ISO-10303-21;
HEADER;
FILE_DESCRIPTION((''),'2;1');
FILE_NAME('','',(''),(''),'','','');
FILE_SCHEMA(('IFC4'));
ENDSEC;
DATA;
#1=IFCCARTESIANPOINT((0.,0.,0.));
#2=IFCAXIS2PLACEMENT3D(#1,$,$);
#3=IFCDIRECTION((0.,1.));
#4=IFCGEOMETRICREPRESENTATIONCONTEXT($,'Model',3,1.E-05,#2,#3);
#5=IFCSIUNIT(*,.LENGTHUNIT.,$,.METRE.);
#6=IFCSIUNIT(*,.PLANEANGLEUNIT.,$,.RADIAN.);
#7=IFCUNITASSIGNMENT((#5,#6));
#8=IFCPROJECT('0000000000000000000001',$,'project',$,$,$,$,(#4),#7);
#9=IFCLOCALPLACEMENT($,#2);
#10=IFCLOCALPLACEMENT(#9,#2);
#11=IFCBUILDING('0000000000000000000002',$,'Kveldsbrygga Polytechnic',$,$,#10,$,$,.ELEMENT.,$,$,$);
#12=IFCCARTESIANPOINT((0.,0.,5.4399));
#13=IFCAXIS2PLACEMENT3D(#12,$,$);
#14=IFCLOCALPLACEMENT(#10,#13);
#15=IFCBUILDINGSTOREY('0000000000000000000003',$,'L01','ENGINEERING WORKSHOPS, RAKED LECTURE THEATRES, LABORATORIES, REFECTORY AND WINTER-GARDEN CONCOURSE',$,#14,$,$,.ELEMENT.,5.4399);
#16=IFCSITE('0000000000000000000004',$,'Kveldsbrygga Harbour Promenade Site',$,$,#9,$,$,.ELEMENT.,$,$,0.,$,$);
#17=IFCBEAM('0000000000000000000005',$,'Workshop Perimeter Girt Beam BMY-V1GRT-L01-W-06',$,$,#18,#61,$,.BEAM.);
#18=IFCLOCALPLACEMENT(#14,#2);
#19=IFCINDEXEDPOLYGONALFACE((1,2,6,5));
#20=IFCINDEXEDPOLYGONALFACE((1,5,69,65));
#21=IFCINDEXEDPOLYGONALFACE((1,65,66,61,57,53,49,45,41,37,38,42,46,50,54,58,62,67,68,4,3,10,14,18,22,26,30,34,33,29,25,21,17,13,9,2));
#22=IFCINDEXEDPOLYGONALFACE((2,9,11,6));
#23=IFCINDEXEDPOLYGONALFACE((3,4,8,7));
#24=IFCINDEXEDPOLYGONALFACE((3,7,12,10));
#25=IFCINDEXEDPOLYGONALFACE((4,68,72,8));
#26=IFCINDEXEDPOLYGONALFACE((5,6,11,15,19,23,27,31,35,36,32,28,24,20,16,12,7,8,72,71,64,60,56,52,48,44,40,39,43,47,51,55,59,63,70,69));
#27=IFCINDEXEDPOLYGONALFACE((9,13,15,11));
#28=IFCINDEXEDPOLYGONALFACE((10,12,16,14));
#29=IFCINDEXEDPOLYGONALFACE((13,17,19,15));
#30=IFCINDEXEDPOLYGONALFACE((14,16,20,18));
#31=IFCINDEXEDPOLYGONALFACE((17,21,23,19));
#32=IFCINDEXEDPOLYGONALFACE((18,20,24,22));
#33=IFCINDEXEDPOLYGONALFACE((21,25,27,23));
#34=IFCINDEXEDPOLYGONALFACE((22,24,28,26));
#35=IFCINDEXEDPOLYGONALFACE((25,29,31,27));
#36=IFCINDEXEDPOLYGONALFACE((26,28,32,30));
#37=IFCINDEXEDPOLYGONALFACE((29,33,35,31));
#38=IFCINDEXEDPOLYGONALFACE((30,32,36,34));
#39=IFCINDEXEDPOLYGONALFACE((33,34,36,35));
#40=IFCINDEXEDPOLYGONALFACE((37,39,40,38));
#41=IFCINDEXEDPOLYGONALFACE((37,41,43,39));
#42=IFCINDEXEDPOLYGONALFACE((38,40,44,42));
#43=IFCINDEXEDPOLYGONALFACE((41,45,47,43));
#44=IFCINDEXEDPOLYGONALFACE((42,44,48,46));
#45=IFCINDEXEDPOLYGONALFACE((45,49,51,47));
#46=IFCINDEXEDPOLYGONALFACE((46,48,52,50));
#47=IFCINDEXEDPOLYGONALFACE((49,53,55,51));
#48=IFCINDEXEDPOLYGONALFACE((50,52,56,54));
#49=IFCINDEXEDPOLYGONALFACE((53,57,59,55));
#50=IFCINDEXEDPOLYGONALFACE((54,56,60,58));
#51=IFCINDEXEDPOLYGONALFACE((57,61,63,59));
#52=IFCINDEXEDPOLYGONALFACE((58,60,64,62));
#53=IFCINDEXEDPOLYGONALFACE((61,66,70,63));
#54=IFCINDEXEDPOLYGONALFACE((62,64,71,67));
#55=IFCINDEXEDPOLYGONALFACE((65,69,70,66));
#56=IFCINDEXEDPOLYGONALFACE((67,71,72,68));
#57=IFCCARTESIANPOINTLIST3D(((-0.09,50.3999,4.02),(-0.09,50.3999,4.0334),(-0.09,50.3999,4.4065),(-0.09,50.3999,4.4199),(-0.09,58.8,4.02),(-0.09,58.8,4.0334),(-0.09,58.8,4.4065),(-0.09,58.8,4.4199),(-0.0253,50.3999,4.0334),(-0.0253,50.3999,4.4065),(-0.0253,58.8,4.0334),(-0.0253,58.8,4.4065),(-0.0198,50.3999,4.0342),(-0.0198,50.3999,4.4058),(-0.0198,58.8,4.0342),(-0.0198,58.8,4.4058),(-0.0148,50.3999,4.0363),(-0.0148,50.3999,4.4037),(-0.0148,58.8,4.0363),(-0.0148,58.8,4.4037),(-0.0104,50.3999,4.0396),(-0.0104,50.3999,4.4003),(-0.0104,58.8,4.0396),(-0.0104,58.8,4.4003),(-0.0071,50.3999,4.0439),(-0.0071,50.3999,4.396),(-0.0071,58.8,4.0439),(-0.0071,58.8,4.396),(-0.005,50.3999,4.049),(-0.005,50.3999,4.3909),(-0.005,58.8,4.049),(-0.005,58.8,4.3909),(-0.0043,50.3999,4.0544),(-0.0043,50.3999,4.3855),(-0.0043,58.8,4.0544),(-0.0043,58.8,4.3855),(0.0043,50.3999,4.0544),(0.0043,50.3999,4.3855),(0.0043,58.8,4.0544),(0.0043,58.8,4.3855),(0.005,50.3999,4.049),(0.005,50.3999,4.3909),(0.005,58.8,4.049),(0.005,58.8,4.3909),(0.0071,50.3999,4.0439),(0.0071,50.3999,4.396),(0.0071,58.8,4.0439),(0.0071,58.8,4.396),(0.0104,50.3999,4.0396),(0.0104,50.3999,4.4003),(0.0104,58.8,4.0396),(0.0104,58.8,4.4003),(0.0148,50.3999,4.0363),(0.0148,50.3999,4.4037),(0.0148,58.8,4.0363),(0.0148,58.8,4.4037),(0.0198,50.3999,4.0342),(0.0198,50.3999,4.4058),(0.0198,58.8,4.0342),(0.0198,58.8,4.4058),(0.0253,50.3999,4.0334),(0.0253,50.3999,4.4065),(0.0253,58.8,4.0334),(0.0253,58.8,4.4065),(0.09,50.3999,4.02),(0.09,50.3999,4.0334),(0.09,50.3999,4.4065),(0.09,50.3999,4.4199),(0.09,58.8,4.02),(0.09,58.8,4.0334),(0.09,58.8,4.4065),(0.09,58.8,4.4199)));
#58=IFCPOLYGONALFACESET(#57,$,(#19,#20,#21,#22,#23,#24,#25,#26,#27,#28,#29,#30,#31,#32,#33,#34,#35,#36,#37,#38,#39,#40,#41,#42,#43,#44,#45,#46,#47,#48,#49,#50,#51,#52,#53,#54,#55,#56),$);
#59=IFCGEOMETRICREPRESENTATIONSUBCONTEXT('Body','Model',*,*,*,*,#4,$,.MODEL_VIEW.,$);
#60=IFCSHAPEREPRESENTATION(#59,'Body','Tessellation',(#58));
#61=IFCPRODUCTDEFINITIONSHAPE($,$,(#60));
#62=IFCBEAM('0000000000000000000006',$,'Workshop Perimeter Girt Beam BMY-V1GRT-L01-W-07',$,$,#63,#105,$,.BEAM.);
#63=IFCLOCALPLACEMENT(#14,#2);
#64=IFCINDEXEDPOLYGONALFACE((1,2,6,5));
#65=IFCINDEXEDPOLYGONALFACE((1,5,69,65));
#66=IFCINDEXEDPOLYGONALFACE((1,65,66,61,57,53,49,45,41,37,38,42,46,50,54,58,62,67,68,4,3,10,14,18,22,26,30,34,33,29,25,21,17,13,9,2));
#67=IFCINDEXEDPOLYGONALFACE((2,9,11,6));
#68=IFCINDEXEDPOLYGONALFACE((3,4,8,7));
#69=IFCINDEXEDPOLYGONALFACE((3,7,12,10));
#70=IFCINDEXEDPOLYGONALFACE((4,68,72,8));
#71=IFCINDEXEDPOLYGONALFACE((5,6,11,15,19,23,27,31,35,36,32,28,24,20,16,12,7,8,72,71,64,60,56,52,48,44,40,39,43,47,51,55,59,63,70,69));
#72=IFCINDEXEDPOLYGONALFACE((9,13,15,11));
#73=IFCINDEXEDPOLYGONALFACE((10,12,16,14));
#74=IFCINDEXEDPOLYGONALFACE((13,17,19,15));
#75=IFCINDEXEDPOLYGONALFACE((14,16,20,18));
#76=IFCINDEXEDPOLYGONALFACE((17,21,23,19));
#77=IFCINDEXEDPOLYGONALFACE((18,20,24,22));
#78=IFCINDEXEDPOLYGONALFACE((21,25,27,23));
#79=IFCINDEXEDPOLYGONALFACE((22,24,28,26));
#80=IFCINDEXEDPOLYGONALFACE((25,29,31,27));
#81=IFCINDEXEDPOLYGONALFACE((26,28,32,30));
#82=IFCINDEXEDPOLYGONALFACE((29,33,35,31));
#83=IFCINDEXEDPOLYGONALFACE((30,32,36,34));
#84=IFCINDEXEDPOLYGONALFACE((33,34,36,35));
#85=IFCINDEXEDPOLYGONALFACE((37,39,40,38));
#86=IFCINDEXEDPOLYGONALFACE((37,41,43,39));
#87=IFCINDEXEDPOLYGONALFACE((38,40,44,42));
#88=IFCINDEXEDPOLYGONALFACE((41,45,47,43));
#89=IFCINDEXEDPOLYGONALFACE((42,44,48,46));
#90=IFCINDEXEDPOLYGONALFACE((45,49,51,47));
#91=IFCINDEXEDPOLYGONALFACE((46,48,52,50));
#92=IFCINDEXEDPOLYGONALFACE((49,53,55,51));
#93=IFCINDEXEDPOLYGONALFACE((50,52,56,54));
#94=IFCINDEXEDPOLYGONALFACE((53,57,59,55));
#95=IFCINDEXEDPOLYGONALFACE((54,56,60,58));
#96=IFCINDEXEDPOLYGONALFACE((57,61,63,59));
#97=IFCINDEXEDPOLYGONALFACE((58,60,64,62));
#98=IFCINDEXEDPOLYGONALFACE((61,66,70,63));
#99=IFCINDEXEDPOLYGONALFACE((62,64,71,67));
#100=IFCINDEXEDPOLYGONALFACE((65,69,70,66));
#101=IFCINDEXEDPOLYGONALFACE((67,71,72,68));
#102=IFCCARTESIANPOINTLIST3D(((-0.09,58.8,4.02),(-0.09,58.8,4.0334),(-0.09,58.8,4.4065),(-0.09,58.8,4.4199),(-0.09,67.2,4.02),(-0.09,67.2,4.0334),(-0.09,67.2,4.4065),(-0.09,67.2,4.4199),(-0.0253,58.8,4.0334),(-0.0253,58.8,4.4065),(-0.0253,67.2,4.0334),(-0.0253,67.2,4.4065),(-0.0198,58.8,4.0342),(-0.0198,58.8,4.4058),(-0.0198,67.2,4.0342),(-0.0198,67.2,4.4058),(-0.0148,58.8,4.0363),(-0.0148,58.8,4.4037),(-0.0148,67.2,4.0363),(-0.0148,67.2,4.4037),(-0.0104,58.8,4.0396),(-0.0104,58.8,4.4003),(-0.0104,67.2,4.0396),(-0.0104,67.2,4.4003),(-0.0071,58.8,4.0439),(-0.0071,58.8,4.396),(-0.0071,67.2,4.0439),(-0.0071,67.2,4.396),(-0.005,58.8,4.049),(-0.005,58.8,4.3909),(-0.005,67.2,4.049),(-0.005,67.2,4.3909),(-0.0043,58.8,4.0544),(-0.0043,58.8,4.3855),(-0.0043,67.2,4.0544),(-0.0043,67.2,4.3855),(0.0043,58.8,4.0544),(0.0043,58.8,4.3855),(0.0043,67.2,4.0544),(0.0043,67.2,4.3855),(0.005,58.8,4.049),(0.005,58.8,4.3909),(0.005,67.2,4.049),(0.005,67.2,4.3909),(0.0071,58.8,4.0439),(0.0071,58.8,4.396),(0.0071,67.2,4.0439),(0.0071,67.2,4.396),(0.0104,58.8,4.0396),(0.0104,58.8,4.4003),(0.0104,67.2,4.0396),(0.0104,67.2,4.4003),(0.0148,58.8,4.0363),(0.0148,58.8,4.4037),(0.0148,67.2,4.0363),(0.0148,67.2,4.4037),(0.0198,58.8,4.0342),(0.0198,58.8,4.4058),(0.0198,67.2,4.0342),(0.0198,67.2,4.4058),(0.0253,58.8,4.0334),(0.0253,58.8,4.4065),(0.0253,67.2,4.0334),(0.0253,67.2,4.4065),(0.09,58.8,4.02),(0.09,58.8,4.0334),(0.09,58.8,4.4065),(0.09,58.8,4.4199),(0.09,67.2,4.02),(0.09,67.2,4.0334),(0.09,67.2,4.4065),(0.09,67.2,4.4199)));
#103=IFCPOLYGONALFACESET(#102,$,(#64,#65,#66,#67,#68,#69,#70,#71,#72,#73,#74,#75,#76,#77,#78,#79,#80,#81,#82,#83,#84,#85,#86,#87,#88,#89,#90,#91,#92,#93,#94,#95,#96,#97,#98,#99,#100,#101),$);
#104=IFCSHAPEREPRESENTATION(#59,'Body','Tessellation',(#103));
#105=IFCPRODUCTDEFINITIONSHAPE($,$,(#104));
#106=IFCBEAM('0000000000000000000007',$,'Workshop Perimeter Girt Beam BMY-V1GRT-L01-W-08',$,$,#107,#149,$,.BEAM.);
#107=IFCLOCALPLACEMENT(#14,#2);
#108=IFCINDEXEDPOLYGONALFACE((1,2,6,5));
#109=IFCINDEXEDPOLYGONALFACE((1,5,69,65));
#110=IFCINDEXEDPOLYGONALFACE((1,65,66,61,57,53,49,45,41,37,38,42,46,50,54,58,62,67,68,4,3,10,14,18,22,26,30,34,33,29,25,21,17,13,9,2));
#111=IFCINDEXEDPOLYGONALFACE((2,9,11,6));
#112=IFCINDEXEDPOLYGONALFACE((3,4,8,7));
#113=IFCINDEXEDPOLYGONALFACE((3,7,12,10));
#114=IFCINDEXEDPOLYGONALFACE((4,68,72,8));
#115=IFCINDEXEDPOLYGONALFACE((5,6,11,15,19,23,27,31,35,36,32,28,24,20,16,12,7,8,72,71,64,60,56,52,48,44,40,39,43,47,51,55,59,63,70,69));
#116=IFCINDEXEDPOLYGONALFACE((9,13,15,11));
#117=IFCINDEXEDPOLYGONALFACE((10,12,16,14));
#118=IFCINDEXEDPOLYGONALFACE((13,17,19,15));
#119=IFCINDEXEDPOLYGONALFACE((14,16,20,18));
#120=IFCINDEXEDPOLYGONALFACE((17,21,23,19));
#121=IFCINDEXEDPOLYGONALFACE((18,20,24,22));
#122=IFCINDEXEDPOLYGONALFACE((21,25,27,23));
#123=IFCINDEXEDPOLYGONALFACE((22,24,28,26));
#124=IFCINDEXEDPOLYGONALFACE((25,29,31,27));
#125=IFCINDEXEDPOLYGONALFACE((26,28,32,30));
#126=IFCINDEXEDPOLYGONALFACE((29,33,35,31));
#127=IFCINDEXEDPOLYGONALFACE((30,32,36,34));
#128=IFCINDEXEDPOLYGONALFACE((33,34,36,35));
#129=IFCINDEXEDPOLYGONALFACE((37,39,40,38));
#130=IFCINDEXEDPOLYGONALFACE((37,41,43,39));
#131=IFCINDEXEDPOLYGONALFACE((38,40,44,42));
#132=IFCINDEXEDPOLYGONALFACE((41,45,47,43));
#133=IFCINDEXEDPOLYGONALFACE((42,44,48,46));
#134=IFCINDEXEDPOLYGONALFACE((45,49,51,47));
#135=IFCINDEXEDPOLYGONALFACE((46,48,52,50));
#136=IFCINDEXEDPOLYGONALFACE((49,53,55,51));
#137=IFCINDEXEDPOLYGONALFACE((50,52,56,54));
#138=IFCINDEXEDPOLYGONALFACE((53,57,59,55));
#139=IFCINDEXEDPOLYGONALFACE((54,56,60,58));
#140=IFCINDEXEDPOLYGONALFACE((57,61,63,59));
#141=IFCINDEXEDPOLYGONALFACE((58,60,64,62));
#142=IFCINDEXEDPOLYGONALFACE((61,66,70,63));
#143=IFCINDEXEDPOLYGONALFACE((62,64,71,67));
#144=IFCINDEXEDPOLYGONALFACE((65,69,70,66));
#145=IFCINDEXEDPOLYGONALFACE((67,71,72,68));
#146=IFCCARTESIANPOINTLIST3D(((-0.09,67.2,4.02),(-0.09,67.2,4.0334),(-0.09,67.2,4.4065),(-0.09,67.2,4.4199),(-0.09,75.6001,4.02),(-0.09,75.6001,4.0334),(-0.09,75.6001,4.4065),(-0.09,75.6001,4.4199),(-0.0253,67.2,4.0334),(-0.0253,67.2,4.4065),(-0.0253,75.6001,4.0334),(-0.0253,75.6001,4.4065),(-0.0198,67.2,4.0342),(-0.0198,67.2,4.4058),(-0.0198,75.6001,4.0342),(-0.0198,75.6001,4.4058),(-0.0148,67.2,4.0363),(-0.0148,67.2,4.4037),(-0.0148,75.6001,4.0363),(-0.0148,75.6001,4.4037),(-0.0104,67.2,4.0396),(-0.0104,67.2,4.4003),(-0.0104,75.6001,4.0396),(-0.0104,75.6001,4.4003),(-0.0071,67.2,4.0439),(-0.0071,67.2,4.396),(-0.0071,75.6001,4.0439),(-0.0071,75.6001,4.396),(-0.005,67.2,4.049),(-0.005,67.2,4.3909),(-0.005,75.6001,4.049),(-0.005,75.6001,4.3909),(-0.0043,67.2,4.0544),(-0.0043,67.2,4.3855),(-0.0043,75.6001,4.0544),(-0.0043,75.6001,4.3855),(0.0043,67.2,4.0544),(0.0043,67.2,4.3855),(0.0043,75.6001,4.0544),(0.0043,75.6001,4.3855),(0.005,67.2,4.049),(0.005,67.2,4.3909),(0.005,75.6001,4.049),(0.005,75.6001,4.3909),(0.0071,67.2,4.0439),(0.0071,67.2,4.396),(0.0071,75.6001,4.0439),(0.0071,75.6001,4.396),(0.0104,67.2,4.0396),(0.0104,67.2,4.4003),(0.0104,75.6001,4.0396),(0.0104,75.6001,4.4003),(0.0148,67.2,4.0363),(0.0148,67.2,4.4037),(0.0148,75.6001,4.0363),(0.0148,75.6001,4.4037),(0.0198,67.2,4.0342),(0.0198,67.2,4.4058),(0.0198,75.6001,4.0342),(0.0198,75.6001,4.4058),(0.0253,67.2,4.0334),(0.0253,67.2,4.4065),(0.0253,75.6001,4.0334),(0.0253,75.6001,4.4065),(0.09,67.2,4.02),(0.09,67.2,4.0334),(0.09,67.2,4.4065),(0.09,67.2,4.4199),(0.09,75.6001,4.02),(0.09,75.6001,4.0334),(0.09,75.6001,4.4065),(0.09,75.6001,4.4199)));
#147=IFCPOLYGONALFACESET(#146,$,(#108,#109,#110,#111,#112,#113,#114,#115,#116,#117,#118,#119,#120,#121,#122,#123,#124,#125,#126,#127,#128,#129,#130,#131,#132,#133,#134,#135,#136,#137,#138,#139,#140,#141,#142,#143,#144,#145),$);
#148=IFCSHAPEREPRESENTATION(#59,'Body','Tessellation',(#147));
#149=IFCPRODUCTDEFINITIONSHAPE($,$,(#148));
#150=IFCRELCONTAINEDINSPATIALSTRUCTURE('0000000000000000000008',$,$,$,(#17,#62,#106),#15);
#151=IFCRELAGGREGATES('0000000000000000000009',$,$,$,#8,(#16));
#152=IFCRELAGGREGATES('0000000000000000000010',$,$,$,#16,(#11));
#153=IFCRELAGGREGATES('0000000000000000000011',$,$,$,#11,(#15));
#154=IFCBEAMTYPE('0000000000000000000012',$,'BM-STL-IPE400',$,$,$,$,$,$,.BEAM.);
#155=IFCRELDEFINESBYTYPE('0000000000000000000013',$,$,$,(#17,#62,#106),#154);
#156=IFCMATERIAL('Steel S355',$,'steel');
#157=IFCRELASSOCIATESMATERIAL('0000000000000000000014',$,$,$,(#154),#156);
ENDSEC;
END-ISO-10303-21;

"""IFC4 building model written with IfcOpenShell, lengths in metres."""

from ifc_helpers import new_model, si_unit, direction, frame, origin, origin_2d, place, context, subcontext, project, spatial, i_section, extrude, material, material_profile, profile_set, type_object, element, save


model = new_model("IFC4")

# Units and contexts
model_context = context("Model", 3, precision=1e-05, world=origin(), true_north=direction((0.0, 1.0)))
body_context = subcontext(model_context, "Body", "Model", "MODEL_VIEW")
ifc_project = project(units=[si_unit("LENGTHUNIT", "METRE"), si_unit("PLANEANGLEUNIT", "RADIAN")], contexts=[model_context])

# Site, building, storey
site_placement = place(None, origin())
site = spatial("IfcSite", under=ifc_project, at=site_placement, Name="Kveldsbrygga Harbour Promenade Site", CompositionType="ELEMENT", RefElevation=0.0)
building_placement = place(site_placement, origin())
building = spatial("IfcBuilding", under=site, at=building_placement, Name="Kveldsbrygga Polytechnic", CompositionType="ELEMENT")
storey_placement = place(building_placement, frame((0.0, 0.0, 5.4399)))
storey = spatial("IfcBuildingStorey", under=building, at=storey_placement, Name="L01", Description="ENGINEERING WORKSHOPS, RAKED LECTURE THEATRES, LABORATORIES, REFECTORY AND WINTER-GARDEN CONCOURSE", CompositionType="ELEMENT", Elevation=5.4399)

# Beams
ifc_material_1 = material(Name="Steel S355", Category="steel")
ifc_material_profile_1 = material_profile(ifc_material_1, i_section(OverallWidth=0.1799, OverallDepth=0.3999, WebThickness=0.0085, FlangeThickness=0.0134, FilletRadius=0.021, at=origin_2d()), Name="IPE 400")
ifc_profile_set_1 = profile_set([ifc_material_profile_1], Name="Steel S355")
beam_type_1 = type_object("IfcBeamType", Name="BM-STL-IPE400", PredefinedType="BEAM", material=ifc_profile_set_1)
beam_1_placement = place(storey_placement, frame((0.0, 50.3999, 4.22), z_axis=(0.0, 1.0, 0.0), x_axis=(-1.0, 0.0, 0.0)))
element("IfcBeam", 1, at=beam_1_placement, inside=storey, type_object=beam_type_1, Name="Workshop Perimeter Girt Beam BMY-V1GRT-L01-W-06", PredefinedType="BEAM", context=body_context, shape_type="SweptSolid", body=[
    extrude(i_section(OverallWidth=0.1799, OverallDepth=0.3999, WebThickness=0.0085, FlangeThickness=0.0134, FilletRadius=0.021, at=origin_2d()), origin(), (0.0, 0.0, 1.0), 8.4001),
])
beam_2_placement = place(storey_placement, frame((0.0, 58.8, 4.22), z_axis=(0.0, 1.0, 0.0), x_axis=(-1.0, 0.0, 0.0)))
element("IfcBeam", 2, at=beam_2_placement, inside=storey, type_object=beam_type_1, Name="Workshop Perimeter Girt Beam BMY-V1GRT-L01-W-07", PredefinedType="BEAM", context=body_context, shape_type="SweptSolid", body=[
    extrude(i_section(OverallWidth=0.1799, OverallDepth=0.3999, WebThickness=0.0085, FlangeThickness=0.0134, FilletRadius=0.021, at=origin_2d()), origin(), (0.0, 0.0, 1.0), 8.3999),
])
beam_3_placement = place(storey_placement, frame((0.0, 67.2, 4.22), z_axis=(0.0, 1.0, 0.0), x_axis=(-1.0, 0.0, 0.0)))
element("IfcBeam", 3, at=beam_3_placement, inside=storey, type_object=beam_type_1, Name="Workshop Perimeter Girt Beam BMY-V1GRT-L01-W-08", PredefinedType="BEAM", context=body_context, shape_type="SweptSolid", body=[
    extrude(i_section(OverallWidth=0.1799, OverallDepth=0.3999, WebThickness=0.0085, FlangeThickness=0.0134, FilletRadius=0.021, at=origin_2d()), origin(), (0.0, 0.0, 1.0), 8.4001),
])

save(model, "model.ifc")
